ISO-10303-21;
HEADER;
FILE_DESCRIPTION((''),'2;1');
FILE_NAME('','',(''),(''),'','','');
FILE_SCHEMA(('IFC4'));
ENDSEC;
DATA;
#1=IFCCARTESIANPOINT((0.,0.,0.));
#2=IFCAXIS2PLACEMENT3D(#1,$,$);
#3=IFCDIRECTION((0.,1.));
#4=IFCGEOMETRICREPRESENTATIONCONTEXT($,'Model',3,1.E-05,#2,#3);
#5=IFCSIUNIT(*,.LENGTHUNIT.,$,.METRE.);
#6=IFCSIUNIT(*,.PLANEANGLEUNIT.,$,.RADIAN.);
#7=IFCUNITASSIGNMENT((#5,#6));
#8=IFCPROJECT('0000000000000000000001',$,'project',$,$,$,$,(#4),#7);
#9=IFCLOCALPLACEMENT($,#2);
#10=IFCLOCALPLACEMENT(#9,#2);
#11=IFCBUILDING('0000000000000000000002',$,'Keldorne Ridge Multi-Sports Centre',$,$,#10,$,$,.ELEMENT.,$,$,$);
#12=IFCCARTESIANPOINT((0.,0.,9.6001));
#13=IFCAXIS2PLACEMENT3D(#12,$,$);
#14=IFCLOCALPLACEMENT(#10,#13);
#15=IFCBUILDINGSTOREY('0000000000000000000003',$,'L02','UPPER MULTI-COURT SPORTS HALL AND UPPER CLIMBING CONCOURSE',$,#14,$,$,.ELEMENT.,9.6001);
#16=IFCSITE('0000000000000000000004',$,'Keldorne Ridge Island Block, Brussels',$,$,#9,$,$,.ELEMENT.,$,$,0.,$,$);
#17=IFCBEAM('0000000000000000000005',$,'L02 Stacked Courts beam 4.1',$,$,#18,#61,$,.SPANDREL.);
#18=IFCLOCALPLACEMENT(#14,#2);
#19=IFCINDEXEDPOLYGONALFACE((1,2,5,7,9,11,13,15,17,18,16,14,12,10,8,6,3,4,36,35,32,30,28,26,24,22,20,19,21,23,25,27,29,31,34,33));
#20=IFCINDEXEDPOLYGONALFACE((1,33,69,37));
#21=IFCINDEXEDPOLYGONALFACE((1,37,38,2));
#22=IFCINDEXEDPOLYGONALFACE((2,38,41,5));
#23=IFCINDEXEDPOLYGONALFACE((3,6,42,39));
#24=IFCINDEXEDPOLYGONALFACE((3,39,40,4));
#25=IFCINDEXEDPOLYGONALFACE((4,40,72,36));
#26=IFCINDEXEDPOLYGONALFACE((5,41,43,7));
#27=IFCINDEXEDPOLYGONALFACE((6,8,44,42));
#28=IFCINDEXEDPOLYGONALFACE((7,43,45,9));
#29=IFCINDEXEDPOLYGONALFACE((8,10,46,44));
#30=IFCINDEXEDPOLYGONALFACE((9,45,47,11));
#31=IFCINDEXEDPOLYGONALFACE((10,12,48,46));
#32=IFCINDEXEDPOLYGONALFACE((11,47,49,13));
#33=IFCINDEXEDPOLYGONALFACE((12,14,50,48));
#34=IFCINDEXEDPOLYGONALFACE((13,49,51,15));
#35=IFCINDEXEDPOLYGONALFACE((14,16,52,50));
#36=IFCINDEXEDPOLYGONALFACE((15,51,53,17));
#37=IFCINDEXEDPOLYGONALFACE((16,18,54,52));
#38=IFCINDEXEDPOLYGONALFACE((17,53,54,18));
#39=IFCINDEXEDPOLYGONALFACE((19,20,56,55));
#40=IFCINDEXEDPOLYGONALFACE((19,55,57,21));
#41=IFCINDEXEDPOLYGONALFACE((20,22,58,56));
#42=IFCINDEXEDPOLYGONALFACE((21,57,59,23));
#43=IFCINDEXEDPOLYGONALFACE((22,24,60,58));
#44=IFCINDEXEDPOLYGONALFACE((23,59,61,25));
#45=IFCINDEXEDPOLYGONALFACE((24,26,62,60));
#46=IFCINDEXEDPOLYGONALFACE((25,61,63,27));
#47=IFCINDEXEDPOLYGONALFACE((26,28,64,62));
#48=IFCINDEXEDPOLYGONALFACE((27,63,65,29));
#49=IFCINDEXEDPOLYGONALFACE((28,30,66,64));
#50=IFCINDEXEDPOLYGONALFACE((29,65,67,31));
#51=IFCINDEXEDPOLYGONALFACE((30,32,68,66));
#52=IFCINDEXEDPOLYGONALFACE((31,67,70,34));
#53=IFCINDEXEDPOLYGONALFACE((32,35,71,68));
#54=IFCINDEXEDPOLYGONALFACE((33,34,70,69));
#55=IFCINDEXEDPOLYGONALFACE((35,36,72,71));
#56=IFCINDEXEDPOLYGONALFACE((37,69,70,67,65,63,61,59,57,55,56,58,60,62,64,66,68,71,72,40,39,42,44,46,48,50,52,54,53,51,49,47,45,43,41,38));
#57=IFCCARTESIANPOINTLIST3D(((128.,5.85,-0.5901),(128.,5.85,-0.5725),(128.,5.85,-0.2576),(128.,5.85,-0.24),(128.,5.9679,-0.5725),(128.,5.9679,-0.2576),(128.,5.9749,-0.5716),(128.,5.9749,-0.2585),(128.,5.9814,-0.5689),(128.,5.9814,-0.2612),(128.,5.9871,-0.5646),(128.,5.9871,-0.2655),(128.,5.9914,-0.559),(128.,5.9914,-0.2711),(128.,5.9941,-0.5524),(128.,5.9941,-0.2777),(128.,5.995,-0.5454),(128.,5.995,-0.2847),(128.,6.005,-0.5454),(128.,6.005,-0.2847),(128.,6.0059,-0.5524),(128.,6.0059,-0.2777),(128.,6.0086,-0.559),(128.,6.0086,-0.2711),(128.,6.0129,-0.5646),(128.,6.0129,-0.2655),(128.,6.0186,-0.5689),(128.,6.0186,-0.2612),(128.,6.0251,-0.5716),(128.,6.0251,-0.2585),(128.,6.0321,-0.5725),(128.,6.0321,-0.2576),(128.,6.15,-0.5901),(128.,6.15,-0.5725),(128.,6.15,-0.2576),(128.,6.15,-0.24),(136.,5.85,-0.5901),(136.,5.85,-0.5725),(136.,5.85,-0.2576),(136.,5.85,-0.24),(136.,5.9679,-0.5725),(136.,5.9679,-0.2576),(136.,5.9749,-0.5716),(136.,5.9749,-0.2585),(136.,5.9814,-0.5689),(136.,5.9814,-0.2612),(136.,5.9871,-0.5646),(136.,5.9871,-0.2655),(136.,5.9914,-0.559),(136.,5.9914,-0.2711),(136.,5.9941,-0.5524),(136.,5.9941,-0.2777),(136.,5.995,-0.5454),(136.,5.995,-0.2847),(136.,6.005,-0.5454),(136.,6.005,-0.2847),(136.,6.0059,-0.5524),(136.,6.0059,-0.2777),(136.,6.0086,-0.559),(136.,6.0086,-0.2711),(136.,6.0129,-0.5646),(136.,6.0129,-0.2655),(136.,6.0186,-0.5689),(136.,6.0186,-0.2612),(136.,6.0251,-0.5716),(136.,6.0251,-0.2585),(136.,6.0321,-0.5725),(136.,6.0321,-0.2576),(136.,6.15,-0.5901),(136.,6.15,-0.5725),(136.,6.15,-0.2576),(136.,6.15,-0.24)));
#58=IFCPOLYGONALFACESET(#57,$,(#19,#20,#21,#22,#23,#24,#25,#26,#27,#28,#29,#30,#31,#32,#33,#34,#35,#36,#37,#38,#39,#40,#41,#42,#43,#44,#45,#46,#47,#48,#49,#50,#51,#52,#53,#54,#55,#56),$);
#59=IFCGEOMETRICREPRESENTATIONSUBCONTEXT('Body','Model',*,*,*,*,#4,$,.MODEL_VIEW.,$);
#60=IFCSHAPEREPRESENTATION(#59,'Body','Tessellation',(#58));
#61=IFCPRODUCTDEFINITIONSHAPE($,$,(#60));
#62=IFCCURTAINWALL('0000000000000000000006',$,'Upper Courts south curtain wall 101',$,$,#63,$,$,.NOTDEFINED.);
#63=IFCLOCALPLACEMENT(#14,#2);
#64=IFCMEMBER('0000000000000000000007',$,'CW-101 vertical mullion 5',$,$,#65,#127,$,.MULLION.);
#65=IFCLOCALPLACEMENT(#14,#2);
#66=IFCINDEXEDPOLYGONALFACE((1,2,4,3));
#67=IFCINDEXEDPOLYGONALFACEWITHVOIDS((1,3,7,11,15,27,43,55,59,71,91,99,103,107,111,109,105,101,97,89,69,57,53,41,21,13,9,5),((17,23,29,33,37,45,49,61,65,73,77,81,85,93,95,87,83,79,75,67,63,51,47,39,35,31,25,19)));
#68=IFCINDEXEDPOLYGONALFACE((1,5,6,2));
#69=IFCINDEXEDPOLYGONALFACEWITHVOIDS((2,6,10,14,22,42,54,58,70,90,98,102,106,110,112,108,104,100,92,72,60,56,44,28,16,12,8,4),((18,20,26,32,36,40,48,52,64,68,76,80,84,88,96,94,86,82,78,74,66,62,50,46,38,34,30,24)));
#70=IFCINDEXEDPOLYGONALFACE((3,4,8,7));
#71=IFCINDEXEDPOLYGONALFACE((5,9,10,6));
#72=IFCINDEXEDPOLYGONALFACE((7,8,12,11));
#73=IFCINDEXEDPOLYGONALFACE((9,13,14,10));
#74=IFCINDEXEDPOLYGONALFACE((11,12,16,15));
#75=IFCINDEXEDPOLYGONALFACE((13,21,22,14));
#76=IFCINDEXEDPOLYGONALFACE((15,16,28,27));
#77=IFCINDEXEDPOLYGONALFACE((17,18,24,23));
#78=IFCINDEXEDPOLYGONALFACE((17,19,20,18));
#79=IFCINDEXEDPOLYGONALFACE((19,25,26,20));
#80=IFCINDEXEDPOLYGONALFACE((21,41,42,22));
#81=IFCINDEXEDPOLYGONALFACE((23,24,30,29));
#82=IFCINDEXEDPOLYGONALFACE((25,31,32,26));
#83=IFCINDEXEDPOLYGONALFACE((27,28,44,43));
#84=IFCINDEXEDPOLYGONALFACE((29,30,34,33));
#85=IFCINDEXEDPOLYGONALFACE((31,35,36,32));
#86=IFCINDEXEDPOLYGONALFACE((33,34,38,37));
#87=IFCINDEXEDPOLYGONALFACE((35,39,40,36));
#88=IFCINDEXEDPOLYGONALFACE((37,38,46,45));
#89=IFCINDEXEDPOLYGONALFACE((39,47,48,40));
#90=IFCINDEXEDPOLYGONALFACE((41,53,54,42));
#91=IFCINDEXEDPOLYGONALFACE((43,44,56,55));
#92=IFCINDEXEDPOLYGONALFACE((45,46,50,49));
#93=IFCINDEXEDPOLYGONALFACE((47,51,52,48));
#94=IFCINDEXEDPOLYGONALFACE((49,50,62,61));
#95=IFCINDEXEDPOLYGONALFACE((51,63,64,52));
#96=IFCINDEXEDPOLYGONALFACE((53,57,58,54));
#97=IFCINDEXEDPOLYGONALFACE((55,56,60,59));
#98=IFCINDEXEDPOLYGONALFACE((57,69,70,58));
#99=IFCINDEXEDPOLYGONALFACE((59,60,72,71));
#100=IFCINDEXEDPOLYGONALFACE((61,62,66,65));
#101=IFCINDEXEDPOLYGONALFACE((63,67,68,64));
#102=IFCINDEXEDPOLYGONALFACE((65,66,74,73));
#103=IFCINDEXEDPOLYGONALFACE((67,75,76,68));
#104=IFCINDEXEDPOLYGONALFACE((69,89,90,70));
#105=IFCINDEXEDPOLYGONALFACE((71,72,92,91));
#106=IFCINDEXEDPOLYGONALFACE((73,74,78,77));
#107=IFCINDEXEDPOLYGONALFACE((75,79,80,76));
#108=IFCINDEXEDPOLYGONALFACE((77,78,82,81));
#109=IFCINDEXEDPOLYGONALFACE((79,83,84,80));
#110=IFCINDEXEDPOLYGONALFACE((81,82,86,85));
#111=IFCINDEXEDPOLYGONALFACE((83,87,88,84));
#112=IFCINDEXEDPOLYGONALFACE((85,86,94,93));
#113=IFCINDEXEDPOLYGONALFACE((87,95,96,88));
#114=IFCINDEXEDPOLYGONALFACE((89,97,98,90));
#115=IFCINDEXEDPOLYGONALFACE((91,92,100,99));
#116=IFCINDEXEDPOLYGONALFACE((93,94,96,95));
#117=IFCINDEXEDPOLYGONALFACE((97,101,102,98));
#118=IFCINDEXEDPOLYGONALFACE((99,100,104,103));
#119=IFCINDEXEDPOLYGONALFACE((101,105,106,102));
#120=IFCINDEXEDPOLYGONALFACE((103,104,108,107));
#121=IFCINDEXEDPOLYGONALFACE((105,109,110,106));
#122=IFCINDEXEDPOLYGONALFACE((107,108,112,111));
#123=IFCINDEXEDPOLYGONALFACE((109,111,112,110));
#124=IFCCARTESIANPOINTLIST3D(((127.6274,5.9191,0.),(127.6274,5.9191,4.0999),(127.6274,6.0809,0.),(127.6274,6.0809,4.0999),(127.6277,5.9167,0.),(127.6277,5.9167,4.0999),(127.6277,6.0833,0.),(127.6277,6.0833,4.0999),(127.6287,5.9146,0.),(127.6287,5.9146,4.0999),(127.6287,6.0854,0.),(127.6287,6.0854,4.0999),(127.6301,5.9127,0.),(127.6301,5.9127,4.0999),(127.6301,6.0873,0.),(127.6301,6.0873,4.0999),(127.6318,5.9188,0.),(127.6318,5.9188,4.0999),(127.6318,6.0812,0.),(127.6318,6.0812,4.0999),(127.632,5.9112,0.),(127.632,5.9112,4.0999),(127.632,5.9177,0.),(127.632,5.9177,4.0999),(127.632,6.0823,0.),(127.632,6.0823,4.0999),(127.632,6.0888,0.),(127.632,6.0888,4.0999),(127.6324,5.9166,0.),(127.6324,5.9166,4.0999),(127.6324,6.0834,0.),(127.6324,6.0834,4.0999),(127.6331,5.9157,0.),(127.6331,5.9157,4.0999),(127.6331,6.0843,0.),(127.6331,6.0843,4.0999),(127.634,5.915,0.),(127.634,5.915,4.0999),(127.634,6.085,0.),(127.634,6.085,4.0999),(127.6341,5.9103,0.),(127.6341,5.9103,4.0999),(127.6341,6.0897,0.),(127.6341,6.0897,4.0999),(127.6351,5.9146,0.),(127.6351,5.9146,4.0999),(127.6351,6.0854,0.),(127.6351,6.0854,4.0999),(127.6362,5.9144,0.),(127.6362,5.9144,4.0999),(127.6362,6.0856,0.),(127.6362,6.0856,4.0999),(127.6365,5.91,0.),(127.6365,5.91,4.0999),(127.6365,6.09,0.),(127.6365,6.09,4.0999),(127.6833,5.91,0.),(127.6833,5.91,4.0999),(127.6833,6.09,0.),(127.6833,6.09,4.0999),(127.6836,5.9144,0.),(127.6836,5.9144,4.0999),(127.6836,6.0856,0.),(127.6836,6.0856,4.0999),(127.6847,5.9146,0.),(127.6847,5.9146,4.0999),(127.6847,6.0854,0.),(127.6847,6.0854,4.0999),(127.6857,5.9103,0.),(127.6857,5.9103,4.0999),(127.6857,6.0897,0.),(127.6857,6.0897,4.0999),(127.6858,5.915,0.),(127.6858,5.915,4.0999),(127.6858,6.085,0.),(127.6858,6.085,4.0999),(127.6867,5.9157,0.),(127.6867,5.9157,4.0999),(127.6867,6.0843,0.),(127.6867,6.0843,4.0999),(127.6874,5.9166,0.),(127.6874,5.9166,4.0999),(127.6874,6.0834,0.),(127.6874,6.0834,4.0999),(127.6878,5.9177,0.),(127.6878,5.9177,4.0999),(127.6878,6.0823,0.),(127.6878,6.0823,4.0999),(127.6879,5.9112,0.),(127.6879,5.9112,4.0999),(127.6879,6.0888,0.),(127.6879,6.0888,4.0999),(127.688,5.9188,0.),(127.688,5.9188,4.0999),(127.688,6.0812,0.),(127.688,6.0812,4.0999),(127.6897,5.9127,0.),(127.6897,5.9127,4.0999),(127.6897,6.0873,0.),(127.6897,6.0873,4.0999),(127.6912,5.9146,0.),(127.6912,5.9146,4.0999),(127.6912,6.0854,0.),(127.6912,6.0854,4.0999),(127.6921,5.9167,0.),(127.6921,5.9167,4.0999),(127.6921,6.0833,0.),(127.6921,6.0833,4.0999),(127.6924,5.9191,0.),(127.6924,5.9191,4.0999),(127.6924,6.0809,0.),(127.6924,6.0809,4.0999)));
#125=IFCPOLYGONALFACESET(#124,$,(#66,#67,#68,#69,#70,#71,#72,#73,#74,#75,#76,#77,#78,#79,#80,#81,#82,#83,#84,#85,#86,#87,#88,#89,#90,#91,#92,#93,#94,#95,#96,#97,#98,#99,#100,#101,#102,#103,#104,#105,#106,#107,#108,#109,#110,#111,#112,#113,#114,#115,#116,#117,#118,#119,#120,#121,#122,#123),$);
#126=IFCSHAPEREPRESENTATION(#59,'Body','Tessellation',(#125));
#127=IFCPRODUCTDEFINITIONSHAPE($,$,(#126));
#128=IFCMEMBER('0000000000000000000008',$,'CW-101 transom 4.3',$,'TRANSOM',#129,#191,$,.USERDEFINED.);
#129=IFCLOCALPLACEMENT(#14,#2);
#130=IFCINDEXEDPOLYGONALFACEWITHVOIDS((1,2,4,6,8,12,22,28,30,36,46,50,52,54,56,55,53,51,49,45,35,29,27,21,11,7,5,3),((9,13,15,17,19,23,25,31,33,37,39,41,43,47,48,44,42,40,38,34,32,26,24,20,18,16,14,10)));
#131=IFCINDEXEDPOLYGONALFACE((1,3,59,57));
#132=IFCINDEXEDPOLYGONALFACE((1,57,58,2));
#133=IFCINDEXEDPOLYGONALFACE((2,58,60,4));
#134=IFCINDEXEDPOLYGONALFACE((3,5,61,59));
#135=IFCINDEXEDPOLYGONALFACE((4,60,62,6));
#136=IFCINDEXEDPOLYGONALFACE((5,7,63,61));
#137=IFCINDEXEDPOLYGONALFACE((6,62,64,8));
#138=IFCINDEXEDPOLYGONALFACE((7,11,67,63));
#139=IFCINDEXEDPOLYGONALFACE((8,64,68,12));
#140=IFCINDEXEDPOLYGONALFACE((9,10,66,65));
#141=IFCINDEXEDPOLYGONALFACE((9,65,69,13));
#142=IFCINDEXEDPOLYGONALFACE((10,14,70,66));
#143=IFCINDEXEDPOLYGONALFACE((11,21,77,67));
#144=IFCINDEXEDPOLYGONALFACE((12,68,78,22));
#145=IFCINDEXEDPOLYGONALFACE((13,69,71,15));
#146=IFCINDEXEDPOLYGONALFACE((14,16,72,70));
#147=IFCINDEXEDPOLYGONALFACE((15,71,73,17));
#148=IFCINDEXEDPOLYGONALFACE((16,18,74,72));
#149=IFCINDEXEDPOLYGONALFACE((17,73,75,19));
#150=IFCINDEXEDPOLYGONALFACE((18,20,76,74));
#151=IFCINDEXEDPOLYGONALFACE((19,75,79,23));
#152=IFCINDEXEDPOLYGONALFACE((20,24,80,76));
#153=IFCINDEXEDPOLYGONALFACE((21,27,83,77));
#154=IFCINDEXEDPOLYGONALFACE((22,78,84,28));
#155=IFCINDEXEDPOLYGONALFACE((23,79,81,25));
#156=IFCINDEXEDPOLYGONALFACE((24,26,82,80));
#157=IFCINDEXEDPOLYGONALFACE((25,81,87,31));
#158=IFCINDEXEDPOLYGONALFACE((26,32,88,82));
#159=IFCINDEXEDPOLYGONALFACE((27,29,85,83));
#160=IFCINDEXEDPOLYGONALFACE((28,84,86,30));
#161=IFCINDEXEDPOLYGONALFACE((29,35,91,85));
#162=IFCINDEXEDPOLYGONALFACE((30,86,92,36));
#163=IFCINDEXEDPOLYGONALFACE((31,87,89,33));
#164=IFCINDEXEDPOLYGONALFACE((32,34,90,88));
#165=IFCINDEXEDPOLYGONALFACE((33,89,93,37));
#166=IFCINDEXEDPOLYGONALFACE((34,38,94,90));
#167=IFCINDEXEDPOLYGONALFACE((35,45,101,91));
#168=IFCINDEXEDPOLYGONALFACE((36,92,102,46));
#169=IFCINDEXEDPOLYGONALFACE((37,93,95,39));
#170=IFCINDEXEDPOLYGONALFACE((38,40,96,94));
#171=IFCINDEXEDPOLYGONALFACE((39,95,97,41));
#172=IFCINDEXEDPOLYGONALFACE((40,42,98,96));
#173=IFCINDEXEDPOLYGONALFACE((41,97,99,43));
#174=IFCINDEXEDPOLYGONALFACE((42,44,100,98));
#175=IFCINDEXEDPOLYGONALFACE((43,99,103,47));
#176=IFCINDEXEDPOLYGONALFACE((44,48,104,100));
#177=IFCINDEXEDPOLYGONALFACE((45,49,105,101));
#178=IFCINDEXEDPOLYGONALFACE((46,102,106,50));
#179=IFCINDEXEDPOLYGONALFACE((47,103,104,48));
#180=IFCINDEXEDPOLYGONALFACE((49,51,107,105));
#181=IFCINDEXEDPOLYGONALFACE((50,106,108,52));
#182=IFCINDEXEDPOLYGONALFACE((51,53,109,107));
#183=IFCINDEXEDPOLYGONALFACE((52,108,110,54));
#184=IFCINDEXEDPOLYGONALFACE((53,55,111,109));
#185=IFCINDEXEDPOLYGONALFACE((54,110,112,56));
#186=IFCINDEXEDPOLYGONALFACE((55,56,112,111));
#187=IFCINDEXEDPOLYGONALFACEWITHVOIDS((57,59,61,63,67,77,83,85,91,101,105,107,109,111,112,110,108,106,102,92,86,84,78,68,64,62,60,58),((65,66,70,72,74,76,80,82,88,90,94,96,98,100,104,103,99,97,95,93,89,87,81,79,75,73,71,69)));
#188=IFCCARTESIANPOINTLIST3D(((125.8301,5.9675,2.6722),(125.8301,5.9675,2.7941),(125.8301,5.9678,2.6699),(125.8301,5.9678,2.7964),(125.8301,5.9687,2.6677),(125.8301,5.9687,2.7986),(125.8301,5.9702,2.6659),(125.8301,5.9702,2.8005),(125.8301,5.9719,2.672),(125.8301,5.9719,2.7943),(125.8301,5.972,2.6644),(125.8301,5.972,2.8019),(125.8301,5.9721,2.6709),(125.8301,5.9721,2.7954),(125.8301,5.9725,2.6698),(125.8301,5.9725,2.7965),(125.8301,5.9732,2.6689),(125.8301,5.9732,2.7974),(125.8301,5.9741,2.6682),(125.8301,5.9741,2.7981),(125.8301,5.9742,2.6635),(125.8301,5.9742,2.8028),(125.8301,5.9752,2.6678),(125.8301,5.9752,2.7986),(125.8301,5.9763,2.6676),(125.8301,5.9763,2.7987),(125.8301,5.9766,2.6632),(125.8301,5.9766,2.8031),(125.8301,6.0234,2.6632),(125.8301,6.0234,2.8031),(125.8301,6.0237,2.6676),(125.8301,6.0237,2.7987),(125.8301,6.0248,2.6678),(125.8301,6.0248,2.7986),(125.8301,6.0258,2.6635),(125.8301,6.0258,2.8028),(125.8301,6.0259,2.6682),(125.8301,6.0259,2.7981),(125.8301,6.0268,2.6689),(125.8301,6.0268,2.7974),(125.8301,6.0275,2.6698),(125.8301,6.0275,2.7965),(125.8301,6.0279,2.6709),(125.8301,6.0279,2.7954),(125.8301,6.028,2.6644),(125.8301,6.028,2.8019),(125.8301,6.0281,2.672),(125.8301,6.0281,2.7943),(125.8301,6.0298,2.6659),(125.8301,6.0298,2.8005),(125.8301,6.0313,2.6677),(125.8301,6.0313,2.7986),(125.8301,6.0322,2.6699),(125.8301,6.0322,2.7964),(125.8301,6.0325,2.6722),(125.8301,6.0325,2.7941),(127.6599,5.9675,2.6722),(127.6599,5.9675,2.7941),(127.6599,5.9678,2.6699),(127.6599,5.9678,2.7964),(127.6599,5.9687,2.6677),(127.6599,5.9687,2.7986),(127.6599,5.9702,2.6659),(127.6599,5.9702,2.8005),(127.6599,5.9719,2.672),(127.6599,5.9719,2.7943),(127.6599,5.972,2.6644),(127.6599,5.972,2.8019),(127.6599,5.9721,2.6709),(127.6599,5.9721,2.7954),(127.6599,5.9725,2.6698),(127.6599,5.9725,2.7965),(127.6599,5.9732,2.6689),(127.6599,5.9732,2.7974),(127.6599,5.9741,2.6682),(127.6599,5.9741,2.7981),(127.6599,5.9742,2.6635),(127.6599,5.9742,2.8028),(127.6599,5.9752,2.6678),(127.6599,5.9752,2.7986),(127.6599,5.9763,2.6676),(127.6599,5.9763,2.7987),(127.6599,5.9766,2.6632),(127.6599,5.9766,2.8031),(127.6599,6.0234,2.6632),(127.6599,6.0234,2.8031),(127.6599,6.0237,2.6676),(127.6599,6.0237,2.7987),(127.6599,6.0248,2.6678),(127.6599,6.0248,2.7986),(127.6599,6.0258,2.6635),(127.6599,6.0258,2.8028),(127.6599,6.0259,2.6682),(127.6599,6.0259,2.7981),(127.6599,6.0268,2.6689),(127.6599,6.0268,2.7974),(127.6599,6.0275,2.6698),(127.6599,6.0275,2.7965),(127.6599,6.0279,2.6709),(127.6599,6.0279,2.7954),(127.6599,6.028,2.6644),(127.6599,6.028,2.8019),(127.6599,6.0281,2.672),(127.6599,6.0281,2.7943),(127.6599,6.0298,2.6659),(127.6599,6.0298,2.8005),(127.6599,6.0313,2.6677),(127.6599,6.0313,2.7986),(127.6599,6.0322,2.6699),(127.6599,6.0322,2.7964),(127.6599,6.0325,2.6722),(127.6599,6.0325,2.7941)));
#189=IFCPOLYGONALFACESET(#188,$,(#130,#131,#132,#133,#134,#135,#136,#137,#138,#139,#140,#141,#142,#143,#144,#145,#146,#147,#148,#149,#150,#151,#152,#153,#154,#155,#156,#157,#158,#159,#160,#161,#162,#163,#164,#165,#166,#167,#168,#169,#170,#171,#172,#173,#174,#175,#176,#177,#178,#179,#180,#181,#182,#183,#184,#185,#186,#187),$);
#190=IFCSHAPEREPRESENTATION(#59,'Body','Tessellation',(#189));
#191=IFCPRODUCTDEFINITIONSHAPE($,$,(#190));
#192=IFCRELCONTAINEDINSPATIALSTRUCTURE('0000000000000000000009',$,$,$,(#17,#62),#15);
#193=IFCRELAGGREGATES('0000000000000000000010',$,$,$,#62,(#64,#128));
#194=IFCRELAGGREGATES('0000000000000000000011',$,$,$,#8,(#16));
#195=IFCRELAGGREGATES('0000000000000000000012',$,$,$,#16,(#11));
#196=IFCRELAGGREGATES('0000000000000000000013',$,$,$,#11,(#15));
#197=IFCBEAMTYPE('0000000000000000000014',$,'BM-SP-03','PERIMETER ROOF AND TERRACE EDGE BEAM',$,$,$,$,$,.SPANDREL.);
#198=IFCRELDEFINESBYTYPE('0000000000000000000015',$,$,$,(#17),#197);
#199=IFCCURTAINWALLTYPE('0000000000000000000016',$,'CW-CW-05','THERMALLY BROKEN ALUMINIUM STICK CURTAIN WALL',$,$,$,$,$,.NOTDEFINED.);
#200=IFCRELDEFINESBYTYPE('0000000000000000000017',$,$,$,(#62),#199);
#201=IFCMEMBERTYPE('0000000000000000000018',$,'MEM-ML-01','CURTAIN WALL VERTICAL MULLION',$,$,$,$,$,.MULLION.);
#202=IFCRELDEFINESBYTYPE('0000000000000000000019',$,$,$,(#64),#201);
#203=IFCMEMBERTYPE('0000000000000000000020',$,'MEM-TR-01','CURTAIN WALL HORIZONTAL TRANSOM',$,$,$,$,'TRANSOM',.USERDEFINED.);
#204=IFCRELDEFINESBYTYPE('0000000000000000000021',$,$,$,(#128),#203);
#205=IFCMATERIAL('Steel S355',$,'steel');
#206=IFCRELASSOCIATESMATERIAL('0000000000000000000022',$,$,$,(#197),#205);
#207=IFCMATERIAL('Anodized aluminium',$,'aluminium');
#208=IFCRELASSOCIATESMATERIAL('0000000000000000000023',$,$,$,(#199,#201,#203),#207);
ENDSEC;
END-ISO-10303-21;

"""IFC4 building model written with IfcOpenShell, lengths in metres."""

from ifc_helpers import new_model, si_unit, direction, frame, origin, origin_2d, place, context, subcontext, project, spatial, hollow_rectangle, i_section, extrude, material, material_profile, profile_set, type_object, element, aggregate, save


model = new_model("IFC4")

# Units and contexts
model_context = context("Model", 3, precision=1e-05, world=origin(), true_north=direction((0.0, 1.0)))
body_context = subcontext(model_context, "Body", "Model", "MODEL_VIEW")
ifc_project = project(units=[si_unit("LENGTHUNIT", "METRE"), si_unit("PLANEANGLEUNIT", "RADIAN")], contexts=[model_context])

# Site, building, storey
site_placement = place(None, origin())
site = spatial("IfcSite", under=ifc_project, at=site_placement, Name="Keldorne Ridge Island Block, Brussels", CompositionType="ELEMENT", RefElevation=0.0)
building_placement = place(site_placement, origin())
building = spatial("IfcBuilding", under=site, at=building_placement, Name="Keldorne Ridge Multi-Sports Centre", CompositionType="ELEMENT")
storey_placement = place(building_placement, frame((0.0, 0.0, 9.6001)))
storey = spatial("IfcBuildingStorey", under=building, at=storey_placement, Name="L02", Description="UPPER MULTI-COURT SPORTS HALL AND UPPER CLIMBING CONCOURSE", CompositionType="ELEMENT", Elevation=9.6001)

# Shared definitions
ifc_material_1 = material(Name="Steel S355", Category="steel")

# Beam
ifc_material_profile_1 = material_profile(ifc_material_1, i_section(OverallWidth=0.3, OverallDepth=0.3501, WebThickness=0.01, FlangeThickness=0.0176, FilletRadius=0.0271, at=origin_2d()), Name="HEA 360")
ifc_profile_set_1 = profile_set([ifc_material_profile_1], Name="Steel S355")
beam_type_1 = type_object("IfcBeamType", Name="BM-SP-03", Description="PERIMETER ROOF AND TERRACE EDGE BEAM", PredefinedType="SPANDREL", material=ifc_profile_set_1)
beam_placement = place(storey_placement, frame((128.0, 6.0, -0.415), z_axis=(1.0, 0.0, 0.0), x_axis=(0.0, 1.0, 0.0)))
element("IfcBeam", 1, at=beam_placement, inside=storey, type_object=beam_type_1, Name="L02 Stacked Courts beam 4.1", PredefinedType="SPANDREL", context=body_context, shape_type="SweptSolid", body=[
    extrude(i_section(OverallWidth=0.3, OverallDepth=0.3501, WebThickness=0.01, FlangeThickness=0.0176, FilletRadius=0.0271, at=origin_2d()), origin(), (0.0, 0.0, 1.0), 8.0),
])

# Curtain wall, members
ifc_material_2 = material(Name="Anodized aluminium", Category="aluminium")
curtain_wall_type = type_object("IfcCurtainWallType", Name="CW-CW-05", Description="THERMALLY BROKEN ALUMINIUM STICK CURTAIN WALL", PredefinedType="NOTDEFINED", material=ifc_material_2)
curtain_wall_placement = place(storey_placement, origin())
curtain_wall = element("IfcCurtainWall", 2, at=curtain_wall_placement, inside=storey, type_object=curtain_wall_type, Name="Upper Courts south curtain wall 101", PredefinedType="NOTDEFINED")
ifc_material_profile_2 = material_profile(ifc_material_2, hollow_rectangle(XDim=0.0649, YDim=0.1799, WallThickness=0.0044, InnerFilletRadius=0.0044, OuterFilletRadius=0.009, at=origin_2d()), Name="ALU MULLION 180x65x4.5")
ifc_profile_set_2 = profile_set([ifc_material_profile_2], Name="Anodized aluminium")
member_type_1 = type_object("IfcMemberType", Name="MEM-ML-01", Description="CURTAIN WALL VERTICAL MULLION", PredefinedType="MULLION", material=ifc_profile_set_2)
member_1_placement = place(storey_placement, frame((127.6599, 6.0, 0.0), z_axis=(0.0, 0.0, 1.0), x_axis=(1.0, 0.0, 0.0)))
member_1 = element("IfcMember", 3, at=member_1_placement, type_object=member_type_1, Name="CW-101 vertical mullion 5", PredefinedType="MULLION", context=body_context, shape_type="SweptSolid", body=[
    extrude(hollow_rectangle(XDim=0.0649, YDim=0.1799, WallThickness=0.0044, InnerFilletRadius=0.0044, OuterFilletRadius=0.009, at=origin_2d()), origin(), (0.0, 0.0, 1.0), 4.0999),
])
ifc_material_profile_3 = material_profile(ifc_material_2, hollow_rectangle(XDim=0.0649, YDim=0.1399, WallThickness=0.0044, InnerFilletRadius=0.0044, OuterFilletRadius=0.009, at=origin_2d()), Name="ALU TRANSOM 140x65x4.5")
ifc_profile_set_3 = profile_set([ifc_material_profile_3], Name="Anodized aluminium")
member_type_2 = type_object("IfcMemberType", Name="MEM-TR-01", Description="CURTAIN WALL HORIZONTAL TRANSOM", ElementType="TRANSOM", PredefinedType="USERDEFINED", material=ifc_profile_set_3)
member_2_placement = place(storey_placement, frame((125.8301, 6.0, 2.7332), z_axis=(1.0, 0.0, 0.0), x_axis=(0.0, 1.0, 0.0)))
member_2 = element("IfcMember", 4, at=member_2_placement, type_object=member_type_2, Name="CW-101 transom 4.3", ObjectType="TRANSOM", PredefinedType="USERDEFINED", context=body_context, shape_type="SweptSolid", body=[
    extrude(hollow_rectangle(XDim=0.0649, YDim=0.1399, WallThickness=0.0044, InnerFilletRadius=0.0044, OuterFilletRadius=0.009, at=origin_2d()), origin(), (0.0, 0.0, 1.0), 1.8298),
])
aggregate(curtain_wall, [member_1, member_2])

save(model, "model.ifc")
